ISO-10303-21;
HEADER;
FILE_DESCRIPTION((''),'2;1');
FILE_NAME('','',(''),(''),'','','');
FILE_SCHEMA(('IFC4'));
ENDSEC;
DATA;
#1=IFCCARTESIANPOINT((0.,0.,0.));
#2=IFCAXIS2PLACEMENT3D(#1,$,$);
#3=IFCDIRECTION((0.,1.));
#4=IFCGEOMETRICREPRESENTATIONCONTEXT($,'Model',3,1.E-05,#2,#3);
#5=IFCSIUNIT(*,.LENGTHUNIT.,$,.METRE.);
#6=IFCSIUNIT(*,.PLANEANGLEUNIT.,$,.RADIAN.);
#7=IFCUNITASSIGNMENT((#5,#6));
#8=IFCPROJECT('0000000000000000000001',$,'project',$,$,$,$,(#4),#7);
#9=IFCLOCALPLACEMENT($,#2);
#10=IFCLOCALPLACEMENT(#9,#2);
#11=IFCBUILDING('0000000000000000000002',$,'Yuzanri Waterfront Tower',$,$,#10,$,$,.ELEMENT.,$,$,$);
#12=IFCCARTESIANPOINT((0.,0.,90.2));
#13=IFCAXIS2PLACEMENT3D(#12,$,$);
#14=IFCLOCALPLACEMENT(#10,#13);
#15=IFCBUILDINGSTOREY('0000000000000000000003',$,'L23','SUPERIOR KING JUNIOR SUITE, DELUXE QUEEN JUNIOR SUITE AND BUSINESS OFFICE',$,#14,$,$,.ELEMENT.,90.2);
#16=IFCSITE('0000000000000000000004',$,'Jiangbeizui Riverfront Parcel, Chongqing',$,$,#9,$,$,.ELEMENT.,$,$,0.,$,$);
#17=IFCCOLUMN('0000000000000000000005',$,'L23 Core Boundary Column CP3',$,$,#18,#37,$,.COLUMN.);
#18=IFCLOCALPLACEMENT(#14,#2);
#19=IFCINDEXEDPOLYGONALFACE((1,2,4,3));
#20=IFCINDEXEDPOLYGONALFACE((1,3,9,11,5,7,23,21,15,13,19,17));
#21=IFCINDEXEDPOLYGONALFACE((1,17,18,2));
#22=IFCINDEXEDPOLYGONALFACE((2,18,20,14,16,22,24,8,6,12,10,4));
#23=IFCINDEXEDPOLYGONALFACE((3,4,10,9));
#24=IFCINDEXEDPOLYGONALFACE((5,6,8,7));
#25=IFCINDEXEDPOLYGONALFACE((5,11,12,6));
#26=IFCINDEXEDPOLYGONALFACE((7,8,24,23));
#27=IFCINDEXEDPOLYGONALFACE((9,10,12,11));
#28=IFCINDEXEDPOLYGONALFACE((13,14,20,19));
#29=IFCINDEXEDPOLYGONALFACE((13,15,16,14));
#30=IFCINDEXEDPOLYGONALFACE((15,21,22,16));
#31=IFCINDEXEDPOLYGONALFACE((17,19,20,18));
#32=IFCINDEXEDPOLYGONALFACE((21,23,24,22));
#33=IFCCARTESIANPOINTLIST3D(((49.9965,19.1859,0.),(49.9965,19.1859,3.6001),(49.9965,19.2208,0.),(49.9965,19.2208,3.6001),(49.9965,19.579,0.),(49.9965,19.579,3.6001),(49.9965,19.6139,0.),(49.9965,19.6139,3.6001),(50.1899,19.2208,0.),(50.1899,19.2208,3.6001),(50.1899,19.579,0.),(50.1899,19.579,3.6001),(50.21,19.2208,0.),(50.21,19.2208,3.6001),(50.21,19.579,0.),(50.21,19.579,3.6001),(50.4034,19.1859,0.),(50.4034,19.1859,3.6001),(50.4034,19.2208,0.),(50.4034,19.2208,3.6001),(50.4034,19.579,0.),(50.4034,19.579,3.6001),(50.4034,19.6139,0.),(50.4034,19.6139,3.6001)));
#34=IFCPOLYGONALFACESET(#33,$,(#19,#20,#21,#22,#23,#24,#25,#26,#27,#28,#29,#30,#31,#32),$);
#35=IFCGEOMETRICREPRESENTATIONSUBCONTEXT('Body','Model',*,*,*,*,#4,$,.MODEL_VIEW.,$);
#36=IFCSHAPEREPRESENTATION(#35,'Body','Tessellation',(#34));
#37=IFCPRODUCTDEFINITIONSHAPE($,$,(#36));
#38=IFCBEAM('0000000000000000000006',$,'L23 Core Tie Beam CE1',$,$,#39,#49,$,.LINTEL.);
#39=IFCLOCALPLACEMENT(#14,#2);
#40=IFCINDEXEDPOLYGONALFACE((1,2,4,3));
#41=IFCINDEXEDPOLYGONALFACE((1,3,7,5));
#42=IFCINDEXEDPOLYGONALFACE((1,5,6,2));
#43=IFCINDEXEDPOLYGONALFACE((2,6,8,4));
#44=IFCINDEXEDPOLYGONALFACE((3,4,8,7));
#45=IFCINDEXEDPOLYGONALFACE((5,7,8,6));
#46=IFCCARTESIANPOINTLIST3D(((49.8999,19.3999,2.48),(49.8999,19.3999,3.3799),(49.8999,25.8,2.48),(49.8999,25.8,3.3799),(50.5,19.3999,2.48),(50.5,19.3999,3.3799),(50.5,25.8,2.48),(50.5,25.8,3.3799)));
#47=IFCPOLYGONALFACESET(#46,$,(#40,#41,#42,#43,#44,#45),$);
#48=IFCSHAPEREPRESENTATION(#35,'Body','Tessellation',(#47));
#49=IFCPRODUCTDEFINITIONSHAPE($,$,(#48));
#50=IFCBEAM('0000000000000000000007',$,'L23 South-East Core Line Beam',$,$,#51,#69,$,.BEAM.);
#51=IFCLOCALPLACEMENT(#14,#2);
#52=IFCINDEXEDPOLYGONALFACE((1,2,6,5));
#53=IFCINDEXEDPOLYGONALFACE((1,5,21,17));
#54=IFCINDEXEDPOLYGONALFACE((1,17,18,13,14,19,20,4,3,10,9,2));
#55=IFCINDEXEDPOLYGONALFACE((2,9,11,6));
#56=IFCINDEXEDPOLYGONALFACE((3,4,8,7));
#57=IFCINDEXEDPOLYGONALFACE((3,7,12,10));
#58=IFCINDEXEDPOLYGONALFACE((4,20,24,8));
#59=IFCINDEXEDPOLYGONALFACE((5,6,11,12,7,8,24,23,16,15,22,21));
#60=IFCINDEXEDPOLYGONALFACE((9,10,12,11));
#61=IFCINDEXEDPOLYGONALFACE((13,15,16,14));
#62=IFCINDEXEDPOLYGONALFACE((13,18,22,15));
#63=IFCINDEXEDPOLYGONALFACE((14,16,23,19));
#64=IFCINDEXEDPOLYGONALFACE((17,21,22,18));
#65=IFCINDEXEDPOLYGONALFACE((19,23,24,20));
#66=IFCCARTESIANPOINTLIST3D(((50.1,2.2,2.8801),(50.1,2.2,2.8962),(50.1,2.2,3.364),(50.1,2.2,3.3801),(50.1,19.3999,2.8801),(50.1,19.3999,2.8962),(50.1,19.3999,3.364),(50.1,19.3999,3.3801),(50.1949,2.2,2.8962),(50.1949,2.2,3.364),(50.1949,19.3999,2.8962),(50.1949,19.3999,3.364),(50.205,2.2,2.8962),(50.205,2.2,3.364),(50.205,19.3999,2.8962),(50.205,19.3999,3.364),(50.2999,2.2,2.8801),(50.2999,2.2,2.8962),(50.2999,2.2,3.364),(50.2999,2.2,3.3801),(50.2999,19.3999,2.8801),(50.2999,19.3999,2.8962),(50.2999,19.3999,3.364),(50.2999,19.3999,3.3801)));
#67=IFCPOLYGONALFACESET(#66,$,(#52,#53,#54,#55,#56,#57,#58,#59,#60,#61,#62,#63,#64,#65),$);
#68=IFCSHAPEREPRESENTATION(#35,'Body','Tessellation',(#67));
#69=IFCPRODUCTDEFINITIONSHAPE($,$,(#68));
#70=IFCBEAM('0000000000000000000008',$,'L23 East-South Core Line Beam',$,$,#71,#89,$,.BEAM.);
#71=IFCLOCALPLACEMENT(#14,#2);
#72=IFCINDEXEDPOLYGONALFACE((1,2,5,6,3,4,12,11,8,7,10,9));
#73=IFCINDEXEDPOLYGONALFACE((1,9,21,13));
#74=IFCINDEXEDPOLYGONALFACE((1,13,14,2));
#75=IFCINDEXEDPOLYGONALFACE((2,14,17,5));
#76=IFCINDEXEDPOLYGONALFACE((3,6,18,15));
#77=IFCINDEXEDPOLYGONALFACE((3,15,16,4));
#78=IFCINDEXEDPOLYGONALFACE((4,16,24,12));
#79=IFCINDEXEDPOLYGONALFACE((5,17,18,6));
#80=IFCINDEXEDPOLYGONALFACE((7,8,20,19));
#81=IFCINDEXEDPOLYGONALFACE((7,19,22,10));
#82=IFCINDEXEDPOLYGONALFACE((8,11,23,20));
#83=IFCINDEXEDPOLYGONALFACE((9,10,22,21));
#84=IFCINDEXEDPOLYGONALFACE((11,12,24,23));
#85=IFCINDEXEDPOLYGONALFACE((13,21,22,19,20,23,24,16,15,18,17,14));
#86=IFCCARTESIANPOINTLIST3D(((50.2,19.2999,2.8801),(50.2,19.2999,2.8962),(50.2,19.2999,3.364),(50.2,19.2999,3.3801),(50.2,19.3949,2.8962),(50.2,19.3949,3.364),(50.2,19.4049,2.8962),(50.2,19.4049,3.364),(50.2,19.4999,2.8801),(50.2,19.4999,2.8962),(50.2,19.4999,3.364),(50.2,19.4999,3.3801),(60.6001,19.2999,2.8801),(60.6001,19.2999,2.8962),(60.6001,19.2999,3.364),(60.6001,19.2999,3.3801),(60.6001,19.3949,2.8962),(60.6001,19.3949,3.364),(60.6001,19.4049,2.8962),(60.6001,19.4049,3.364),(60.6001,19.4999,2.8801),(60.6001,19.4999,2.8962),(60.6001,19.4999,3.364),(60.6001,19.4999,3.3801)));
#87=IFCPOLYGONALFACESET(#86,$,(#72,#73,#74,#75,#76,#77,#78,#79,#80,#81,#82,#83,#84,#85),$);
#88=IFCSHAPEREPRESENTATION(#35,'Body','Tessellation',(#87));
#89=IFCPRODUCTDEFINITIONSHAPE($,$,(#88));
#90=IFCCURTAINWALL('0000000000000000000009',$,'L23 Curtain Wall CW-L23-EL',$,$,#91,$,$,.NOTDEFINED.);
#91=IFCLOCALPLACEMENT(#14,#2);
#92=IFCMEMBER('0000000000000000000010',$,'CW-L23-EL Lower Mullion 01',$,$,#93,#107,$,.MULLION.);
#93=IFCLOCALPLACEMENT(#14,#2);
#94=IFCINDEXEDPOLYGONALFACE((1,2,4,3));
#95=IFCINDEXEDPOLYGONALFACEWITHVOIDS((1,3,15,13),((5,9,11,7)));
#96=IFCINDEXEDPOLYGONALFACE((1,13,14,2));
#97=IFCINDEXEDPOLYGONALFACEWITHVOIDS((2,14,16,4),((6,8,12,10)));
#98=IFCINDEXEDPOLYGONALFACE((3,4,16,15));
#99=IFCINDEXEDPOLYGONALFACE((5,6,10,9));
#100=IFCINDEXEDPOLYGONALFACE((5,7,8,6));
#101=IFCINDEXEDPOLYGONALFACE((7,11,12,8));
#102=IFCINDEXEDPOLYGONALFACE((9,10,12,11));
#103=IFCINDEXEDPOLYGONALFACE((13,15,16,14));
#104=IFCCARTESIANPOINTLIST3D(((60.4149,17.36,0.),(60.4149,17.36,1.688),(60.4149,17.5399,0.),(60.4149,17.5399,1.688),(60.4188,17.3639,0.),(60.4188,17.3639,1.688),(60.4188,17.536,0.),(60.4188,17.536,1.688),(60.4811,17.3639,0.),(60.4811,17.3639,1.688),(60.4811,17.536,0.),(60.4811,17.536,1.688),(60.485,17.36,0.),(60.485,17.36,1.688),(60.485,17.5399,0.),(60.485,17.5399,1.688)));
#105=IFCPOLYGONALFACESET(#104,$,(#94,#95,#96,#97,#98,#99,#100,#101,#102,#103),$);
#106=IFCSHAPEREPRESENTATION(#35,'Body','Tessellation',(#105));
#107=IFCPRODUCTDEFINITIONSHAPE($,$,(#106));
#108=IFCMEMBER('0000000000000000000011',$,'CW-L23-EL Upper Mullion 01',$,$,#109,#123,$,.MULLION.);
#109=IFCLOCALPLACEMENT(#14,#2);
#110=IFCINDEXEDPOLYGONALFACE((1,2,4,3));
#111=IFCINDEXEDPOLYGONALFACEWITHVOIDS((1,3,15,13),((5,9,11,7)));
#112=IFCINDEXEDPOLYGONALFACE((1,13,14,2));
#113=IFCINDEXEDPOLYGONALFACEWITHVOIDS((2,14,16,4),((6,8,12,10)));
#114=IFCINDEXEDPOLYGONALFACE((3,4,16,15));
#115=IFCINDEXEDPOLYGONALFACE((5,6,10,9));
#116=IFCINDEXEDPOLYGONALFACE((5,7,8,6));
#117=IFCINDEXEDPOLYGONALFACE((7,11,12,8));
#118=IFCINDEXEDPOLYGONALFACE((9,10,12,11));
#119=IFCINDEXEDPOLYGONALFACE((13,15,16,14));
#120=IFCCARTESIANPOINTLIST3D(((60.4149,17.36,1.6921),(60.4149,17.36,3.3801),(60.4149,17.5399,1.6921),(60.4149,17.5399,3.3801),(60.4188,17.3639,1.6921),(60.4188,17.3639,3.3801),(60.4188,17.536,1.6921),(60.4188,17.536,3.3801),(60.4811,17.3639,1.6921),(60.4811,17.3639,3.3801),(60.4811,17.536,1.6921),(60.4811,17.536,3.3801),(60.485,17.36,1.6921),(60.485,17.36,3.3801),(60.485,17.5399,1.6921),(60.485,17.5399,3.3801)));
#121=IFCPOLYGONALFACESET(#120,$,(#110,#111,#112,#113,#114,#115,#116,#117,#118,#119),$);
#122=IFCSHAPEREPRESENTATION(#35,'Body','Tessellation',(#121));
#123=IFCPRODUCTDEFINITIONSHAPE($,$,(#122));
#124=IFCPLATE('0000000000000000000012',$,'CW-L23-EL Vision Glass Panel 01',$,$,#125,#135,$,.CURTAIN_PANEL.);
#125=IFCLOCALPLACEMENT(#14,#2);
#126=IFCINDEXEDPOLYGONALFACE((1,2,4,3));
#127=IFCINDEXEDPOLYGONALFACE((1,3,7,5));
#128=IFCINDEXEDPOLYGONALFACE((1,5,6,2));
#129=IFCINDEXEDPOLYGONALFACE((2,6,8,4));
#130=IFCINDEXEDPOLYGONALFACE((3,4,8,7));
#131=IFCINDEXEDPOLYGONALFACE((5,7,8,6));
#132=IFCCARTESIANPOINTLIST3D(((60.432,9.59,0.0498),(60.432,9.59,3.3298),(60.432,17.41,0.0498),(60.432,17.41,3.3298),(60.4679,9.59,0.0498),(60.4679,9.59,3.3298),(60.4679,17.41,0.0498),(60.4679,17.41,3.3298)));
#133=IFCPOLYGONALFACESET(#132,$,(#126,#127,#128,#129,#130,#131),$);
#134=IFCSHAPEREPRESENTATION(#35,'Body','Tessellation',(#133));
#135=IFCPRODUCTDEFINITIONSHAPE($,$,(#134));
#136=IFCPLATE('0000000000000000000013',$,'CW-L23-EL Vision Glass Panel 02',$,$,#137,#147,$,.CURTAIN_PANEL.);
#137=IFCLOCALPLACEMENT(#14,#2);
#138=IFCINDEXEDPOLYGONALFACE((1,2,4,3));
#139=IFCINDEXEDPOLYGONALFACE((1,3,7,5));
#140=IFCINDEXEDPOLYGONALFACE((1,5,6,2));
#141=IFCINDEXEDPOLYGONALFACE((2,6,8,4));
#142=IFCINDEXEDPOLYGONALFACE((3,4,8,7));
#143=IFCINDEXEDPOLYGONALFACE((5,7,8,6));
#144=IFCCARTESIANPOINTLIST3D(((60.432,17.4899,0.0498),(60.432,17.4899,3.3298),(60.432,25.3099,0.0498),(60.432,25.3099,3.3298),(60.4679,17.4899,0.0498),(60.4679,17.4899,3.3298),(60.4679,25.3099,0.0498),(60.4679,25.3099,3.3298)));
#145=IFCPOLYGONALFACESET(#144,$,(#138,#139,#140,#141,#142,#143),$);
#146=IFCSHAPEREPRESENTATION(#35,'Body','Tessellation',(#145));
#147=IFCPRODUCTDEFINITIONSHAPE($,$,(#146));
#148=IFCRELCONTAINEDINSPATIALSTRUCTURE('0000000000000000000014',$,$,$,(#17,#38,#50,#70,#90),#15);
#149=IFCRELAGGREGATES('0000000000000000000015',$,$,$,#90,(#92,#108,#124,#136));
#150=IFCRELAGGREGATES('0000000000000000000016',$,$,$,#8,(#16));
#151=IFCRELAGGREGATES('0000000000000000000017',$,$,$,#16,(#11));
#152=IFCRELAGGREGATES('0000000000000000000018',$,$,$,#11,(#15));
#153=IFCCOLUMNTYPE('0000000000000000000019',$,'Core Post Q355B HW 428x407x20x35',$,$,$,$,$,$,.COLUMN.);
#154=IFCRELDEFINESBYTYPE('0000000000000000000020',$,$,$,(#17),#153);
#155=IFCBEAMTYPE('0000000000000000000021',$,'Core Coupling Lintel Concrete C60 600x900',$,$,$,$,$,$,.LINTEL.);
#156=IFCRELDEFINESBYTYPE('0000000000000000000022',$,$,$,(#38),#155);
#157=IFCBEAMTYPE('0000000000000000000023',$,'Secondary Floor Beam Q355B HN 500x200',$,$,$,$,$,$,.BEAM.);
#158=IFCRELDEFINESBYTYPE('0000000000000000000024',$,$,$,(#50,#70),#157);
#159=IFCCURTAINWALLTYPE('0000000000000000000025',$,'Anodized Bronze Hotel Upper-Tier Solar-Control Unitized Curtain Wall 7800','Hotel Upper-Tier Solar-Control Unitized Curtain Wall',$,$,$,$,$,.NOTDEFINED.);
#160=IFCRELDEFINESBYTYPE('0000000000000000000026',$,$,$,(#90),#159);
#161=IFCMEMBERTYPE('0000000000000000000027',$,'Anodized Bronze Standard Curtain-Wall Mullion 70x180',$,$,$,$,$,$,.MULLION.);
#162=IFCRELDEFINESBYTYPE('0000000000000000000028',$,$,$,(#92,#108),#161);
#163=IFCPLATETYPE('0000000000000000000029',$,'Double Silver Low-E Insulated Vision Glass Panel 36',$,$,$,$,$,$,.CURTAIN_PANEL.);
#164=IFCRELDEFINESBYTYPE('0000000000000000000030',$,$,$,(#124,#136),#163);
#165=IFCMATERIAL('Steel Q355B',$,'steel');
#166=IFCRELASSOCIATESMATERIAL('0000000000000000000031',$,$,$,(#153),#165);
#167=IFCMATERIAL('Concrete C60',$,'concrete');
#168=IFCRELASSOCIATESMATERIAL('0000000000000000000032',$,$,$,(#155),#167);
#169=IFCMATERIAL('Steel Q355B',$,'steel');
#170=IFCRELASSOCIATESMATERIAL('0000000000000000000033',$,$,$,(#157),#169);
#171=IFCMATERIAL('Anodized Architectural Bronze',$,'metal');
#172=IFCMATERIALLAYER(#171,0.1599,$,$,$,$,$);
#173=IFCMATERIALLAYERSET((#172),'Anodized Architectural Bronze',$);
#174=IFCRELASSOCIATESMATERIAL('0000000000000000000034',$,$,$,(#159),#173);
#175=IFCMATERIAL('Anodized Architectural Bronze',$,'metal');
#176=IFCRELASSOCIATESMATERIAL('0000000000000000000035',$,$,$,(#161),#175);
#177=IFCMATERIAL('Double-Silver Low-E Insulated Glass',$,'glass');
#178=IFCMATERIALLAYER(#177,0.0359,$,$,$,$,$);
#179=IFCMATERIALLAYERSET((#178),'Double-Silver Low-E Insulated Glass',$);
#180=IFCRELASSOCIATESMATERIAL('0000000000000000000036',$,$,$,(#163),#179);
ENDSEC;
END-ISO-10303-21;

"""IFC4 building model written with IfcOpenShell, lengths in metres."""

from ifc_helpers import new_model, si_unit, direction, frame, origin, origin_2d, place, context, subcontext, project, spatial, rectangle, hollow_rectangle, i_section, extrude, source, transform, mapped, material, layer, layer_set, material_profile, profile_set, type_object, element, aggregate, save


model = new_model("IFC4")

# Units and contexts
model_context = context("Model", 3, precision=1e-05, world=origin(), true_north=direction((0.0, 1.0)))
body_context = subcontext(model_context, "Body", "Model", "MODEL_VIEW")
ifc_project = project(units=[si_unit("LENGTHUNIT", "METRE"), si_unit("PLANEANGLEUNIT", "RADIAN")], contexts=[model_context])

# Site, building, storey
site_placement = place(None, origin())
site = spatial("IfcSite", under=ifc_project, at=site_placement, Name="Jiangbeizui Riverfront Parcel, Chongqing", CompositionType="ELEMENT", RefElevation=0.0)
building_placement = place(site_placement, origin())
building = spatial("IfcBuilding", under=site, at=building_placement, Name="Yuzanri Waterfront Tower", CompositionType="ELEMENT")
storey_placement = place(building_placement, frame((0.0, 0.0, 90.2)))
storey = spatial("IfcBuildingStorey", under=building, at=storey_placement, Name="L23", Description="SUPERIOR KING JUNIOR SUITE, DELUXE QUEEN JUNIOR SUITE AND BUSINESS OFFICE", CompositionType="ELEMENT", Elevation=90.2)

# Column
ifc_material_1 = material(Name="Steel Q355B", Category="steel")
ifc_material_profile_1 = material_profile(ifc_material_1, i_section(OverallWidth=0.407, OverallDepth=0.428, WebThickness=0.02, FlangeThickness=0.0349, at=origin_2d()), Name="HW 428x407x20x35")
ifc_profile_set_1 = profile_set([ifc_material_profile_1], Name="Steel Q355B")
column_type = type_object("IfcColumnType", Name="Core Post Q355B HW 428x407x20x35", PredefinedType="COLUMN", material=ifc_profile_set_1)
shared_shape_1 = source(origin(), body_context, "Body", "SweptSolid", [
    extrude(i_section(OverallWidth=0.407, OverallDepth=0.428, WebThickness=0.02, FlangeThickness=0.0349, at=origin_2d()), origin(), (0.0, 0.0, 1.0), 3.6001),
])
column_placement = place(storey_placement, frame((50.2, 19.3999, 0.0), z_axis=(0.0, 0.0, 1.0), x_axis=(1.0, 0.0, 0.0)))
element("IfcColumn", 1, at=column_placement, inside=storey, type_object=column_type, Name="L23 Core Boundary Column CP3", PredefinedType="COLUMN", context=body_context, shape_type="MappedRepresentation", body=[
    mapped(shared_shape_1, transform((0.0, 0.0, 0.0), scale=1.0)),
])

# Beams
ifc_material_2 = material(Name="Concrete C60", Category="concrete")
ifc_material_profile_2 = material_profile(ifc_material_2, rectangle(XDim=0.6001, YDim=0.8999, at=origin_2d()), Name="RC 600x900")
ifc_profile_set_2 = profile_set([ifc_material_profile_2], Name="Concrete C60")
beam_type_1 = type_object("IfcBeamType", Name="Core Coupling Lintel Concrete C60 600x900", PredefinedType="LINTEL", material=ifc_profile_set_2)
shared_shape_2 = source(origin(), body_context, "Body", "SweptSolid", [
    extrude(rectangle(XDim=0.6001, YDim=0.8999, at=origin_2d()), origin(), (0.0, 0.0, 1.0), 6.4001),
])
beam_1_placement = place(storey_placement, frame((50.2, 19.3999, 2.9299), z_axis=(0.0, 1.0, 0.0), x_axis=(-1.0, 0.0, 0.0)))
element("IfcBeam", 2, at=beam_1_placement, inside=storey, type_object=beam_type_1, Name="L23 Core Tie Beam CE1", PredefinedType="LINTEL", context=body_context, shape_type="MappedRepresentation", body=[
    mapped(shared_shape_2, transform((0.0, 0.0, 0.0), scale=1.0)),
])
ifc_material_3 = material(Name="Steel Q355B", Category="steel")
ifc_material_profile_3 = material_profile(ifc_material_3, i_section(OverallWidth=0.2, OverallDepth=0.5, WebThickness=0.01, FlangeThickness=0.0161, at=origin_2d()), Name="HN 500x200x10x16")
ifc_profile_set_3 = profile_set([ifc_material_profile_3], Name="Steel Q355B")
beam_type_2 = type_object("IfcBeamType", Name="Secondary Floor Beam Q355B HN 500x200", PredefinedType="BEAM", material=ifc_profile_set_3)
shared_shape_3 = source(origin(), body_context, "Body", "SweptSolid", [
    extrude(i_section(OverallWidth=0.2, OverallDepth=0.5, WebThickness=0.01, FlangeThickness=0.0161, at=origin_2d()), origin(), (0.0, 0.0, 1.0), 17.2),
])
beam_2_placement = place(storey_placement, frame((50.2, 19.3999, 3.1301), z_axis=(0.0, -1.0, 0.0), x_axis=(1.0, 0.0, 0.0)))
element("IfcBeam", 3, at=beam_2_placement, inside=storey, type_object=beam_type_2, Name="L23 South-East Core Line Beam", PredefinedType="BEAM", context=body_context, shape_type="MappedRepresentation", body=[
    mapped(shared_shape_3, transform((0.0, 0.0, 0.0), scale=1.0)),
])
shared_shape_4 = source(origin(), body_context, "Body", "SweptSolid", [
    extrude(i_section(OverallWidth=0.2, OverallDepth=0.5, WebThickness=0.01, FlangeThickness=0.0161, at=origin_2d()), origin(), (0.0, 0.0, 1.0), 10.4001),
])
beam_3_placement = place(storey_placement, frame((50.2, 19.3999, 3.1301), z_axis=(1.0, 0.0, 0.0), x_axis=(0.0, 1.0, 0.0)))
element("IfcBeam", 4, at=beam_3_placement, inside=storey, type_object=beam_type_2, Name="L23 East-South Core Line Beam", PredefinedType="BEAM", context=body_context, shape_type="MappedRepresentation", body=[
    mapped(shared_shape_4, transform((0.0, 0.0, 0.0), scale=1.0)),
])

# Curtain wall, members, plates
ifc_material_4 = material(Name="Anodized Architectural Bronze", Category="metal")
ifc_layer_1 = layer(ifc_material_4, 0.1599)
ifc_layer_set_1 = layer_set([ifc_layer_1], Name="Anodized Architectural Bronze")
curtain_wall_type = type_object("IfcCurtainWallType", Name="Anodized Bronze Hotel Upper-Tier Solar-Control Unitized Curtain Wall 7800", Description="Hotel Upper-Tier Solar-Control Unitized Curtain Wall", PredefinedType="NOTDEFINED", material=ifc_layer_set_1)
curtain_wall_placement = place(storey_placement, origin())
curtain_wall = element("IfcCurtainWall", 5, at=curtain_wall_placement, inside=storey, type_object=curtain_wall_type, Name="L23 Curtain Wall CW-L23-EL", PredefinedType="NOTDEFINED")
ifc_material_5 = material(Name="Anodized Architectural Bronze", Category="metal")
ifc_material_profile_4 = material_profile(ifc_material_5, hollow_rectangle(XDim=0.0701, YDim=0.1799, WallThickness=0.0039, at=origin_2d()), Name="CWM 70x180")
ifc_profile_set_4 = profile_set([ifc_material_profile_4], Name="Anodized Architectural Bronze")
member_type = type_object("IfcMemberType", Name="Anodized Bronze Standard Curtain-Wall Mullion 70x180", PredefinedType="MULLION", material=ifc_profile_set_4)
shared_shape_5 = source(origin(), body_context, "Body", "SweptSolid", [
    extrude(hollow_rectangle(XDim=0.0701, YDim=0.1799, WallThickness=0.0039, at=origin_2d()), origin(), (0.0, 0.0, 1.0), 1.688),
])
member_1_placement = place(storey_placement, frame((60.45, 17.45, 0.0), z_axis=(0.0, 0.0, 1.0), x_axis=(1.0, 0.0, 0.0)))
member_1 = element("IfcMember", 6, at=member_1_placement, type_object=member_type, Name="CW-L23-EL Lower Mullion 01", PredefinedType="MULLION", context=body_context, shape_type="MappedRepresentation", body=[
    mapped(shared_shape_5, transform((0.0, 0.0, 0.0), scale=1.0)),
])
member_2_placement = place(storey_placement, frame((60.45, 17.45, 1.6921), z_axis=(0.0, 0.0, 1.0), x_axis=(1.0, 0.0, 0.0)))
member_2 = element("IfcMember", 7, at=member_2_placement, type_object=member_type, Name="CW-L23-EL Upper Mullion 01", PredefinedType="MULLION", context=body_context, shape_type="MappedRepresentation", body=[
    mapped(shared_shape_5, transform((0.0, 0.0, 0.0), scale=1.0)),
])
ifc_material_6 = material(Name="Double-Silver Low-E Insulated Glass", Category="glass")
ifc_layer_2 = layer(ifc_material_6, 0.0359)
ifc_layer_set_2 = layer_set([ifc_layer_2], Name="Double-Silver Low-E Insulated Glass")
plate_type = type_object("IfcPlateType", Name="Double Silver Low-E Insulated Vision Glass Panel 36", PredefinedType="CURTAIN_PANEL", material=ifc_layer_set_2)
shared_shape_6 = source(origin(), body_context, "Body", "SweptSolid", [
    extrude(rectangle(XDim=7.8201, YDim=0.0359, at=origin_2d()), origin(), (0.0, 0.0, 1.0), 3.28),
])
plate_1_placement = place(storey_placement, frame((60.45, 13.5, 0.0498), z_axis=(0.0, 0.0, 1.0), x_axis=(0.0, 1.0, 0.0)))
plate_1 = element("IfcPlate", 8, at=plate_1_placement, type_object=plate_type, Name="CW-L23-EL Vision Glass Panel 01", PredefinedType="CURTAIN_PANEL", context=body_context, shape_type="MappedRepresentation", body=[
    mapped(shared_shape_6, transform((0.0, 0.0, 0.0), scale=1.0)),
])
plate_2_placement = place(storey_placement, frame((60.45, 21.3999, 0.0498), z_axis=(0.0, 0.0, 1.0), x_axis=(0.0, 1.0, 0.0)))
plate_2 = element("IfcPlate", 9, at=plate_2_placement, type_object=plate_type, Name="CW-L23-EL Vision Glass Panel 02", PredefinedType="CURTAIN_PANEL", context=body_context, shape_type="MappedRepresentation", body=[
    mapped(shared_shape_6, transform((0.0, 0.0, 0.0), scale=1.0)),
])
aggregate(curtain_wall, [member_1, member_2, plate_1, plate_2])

save(model, "model.ifc")
